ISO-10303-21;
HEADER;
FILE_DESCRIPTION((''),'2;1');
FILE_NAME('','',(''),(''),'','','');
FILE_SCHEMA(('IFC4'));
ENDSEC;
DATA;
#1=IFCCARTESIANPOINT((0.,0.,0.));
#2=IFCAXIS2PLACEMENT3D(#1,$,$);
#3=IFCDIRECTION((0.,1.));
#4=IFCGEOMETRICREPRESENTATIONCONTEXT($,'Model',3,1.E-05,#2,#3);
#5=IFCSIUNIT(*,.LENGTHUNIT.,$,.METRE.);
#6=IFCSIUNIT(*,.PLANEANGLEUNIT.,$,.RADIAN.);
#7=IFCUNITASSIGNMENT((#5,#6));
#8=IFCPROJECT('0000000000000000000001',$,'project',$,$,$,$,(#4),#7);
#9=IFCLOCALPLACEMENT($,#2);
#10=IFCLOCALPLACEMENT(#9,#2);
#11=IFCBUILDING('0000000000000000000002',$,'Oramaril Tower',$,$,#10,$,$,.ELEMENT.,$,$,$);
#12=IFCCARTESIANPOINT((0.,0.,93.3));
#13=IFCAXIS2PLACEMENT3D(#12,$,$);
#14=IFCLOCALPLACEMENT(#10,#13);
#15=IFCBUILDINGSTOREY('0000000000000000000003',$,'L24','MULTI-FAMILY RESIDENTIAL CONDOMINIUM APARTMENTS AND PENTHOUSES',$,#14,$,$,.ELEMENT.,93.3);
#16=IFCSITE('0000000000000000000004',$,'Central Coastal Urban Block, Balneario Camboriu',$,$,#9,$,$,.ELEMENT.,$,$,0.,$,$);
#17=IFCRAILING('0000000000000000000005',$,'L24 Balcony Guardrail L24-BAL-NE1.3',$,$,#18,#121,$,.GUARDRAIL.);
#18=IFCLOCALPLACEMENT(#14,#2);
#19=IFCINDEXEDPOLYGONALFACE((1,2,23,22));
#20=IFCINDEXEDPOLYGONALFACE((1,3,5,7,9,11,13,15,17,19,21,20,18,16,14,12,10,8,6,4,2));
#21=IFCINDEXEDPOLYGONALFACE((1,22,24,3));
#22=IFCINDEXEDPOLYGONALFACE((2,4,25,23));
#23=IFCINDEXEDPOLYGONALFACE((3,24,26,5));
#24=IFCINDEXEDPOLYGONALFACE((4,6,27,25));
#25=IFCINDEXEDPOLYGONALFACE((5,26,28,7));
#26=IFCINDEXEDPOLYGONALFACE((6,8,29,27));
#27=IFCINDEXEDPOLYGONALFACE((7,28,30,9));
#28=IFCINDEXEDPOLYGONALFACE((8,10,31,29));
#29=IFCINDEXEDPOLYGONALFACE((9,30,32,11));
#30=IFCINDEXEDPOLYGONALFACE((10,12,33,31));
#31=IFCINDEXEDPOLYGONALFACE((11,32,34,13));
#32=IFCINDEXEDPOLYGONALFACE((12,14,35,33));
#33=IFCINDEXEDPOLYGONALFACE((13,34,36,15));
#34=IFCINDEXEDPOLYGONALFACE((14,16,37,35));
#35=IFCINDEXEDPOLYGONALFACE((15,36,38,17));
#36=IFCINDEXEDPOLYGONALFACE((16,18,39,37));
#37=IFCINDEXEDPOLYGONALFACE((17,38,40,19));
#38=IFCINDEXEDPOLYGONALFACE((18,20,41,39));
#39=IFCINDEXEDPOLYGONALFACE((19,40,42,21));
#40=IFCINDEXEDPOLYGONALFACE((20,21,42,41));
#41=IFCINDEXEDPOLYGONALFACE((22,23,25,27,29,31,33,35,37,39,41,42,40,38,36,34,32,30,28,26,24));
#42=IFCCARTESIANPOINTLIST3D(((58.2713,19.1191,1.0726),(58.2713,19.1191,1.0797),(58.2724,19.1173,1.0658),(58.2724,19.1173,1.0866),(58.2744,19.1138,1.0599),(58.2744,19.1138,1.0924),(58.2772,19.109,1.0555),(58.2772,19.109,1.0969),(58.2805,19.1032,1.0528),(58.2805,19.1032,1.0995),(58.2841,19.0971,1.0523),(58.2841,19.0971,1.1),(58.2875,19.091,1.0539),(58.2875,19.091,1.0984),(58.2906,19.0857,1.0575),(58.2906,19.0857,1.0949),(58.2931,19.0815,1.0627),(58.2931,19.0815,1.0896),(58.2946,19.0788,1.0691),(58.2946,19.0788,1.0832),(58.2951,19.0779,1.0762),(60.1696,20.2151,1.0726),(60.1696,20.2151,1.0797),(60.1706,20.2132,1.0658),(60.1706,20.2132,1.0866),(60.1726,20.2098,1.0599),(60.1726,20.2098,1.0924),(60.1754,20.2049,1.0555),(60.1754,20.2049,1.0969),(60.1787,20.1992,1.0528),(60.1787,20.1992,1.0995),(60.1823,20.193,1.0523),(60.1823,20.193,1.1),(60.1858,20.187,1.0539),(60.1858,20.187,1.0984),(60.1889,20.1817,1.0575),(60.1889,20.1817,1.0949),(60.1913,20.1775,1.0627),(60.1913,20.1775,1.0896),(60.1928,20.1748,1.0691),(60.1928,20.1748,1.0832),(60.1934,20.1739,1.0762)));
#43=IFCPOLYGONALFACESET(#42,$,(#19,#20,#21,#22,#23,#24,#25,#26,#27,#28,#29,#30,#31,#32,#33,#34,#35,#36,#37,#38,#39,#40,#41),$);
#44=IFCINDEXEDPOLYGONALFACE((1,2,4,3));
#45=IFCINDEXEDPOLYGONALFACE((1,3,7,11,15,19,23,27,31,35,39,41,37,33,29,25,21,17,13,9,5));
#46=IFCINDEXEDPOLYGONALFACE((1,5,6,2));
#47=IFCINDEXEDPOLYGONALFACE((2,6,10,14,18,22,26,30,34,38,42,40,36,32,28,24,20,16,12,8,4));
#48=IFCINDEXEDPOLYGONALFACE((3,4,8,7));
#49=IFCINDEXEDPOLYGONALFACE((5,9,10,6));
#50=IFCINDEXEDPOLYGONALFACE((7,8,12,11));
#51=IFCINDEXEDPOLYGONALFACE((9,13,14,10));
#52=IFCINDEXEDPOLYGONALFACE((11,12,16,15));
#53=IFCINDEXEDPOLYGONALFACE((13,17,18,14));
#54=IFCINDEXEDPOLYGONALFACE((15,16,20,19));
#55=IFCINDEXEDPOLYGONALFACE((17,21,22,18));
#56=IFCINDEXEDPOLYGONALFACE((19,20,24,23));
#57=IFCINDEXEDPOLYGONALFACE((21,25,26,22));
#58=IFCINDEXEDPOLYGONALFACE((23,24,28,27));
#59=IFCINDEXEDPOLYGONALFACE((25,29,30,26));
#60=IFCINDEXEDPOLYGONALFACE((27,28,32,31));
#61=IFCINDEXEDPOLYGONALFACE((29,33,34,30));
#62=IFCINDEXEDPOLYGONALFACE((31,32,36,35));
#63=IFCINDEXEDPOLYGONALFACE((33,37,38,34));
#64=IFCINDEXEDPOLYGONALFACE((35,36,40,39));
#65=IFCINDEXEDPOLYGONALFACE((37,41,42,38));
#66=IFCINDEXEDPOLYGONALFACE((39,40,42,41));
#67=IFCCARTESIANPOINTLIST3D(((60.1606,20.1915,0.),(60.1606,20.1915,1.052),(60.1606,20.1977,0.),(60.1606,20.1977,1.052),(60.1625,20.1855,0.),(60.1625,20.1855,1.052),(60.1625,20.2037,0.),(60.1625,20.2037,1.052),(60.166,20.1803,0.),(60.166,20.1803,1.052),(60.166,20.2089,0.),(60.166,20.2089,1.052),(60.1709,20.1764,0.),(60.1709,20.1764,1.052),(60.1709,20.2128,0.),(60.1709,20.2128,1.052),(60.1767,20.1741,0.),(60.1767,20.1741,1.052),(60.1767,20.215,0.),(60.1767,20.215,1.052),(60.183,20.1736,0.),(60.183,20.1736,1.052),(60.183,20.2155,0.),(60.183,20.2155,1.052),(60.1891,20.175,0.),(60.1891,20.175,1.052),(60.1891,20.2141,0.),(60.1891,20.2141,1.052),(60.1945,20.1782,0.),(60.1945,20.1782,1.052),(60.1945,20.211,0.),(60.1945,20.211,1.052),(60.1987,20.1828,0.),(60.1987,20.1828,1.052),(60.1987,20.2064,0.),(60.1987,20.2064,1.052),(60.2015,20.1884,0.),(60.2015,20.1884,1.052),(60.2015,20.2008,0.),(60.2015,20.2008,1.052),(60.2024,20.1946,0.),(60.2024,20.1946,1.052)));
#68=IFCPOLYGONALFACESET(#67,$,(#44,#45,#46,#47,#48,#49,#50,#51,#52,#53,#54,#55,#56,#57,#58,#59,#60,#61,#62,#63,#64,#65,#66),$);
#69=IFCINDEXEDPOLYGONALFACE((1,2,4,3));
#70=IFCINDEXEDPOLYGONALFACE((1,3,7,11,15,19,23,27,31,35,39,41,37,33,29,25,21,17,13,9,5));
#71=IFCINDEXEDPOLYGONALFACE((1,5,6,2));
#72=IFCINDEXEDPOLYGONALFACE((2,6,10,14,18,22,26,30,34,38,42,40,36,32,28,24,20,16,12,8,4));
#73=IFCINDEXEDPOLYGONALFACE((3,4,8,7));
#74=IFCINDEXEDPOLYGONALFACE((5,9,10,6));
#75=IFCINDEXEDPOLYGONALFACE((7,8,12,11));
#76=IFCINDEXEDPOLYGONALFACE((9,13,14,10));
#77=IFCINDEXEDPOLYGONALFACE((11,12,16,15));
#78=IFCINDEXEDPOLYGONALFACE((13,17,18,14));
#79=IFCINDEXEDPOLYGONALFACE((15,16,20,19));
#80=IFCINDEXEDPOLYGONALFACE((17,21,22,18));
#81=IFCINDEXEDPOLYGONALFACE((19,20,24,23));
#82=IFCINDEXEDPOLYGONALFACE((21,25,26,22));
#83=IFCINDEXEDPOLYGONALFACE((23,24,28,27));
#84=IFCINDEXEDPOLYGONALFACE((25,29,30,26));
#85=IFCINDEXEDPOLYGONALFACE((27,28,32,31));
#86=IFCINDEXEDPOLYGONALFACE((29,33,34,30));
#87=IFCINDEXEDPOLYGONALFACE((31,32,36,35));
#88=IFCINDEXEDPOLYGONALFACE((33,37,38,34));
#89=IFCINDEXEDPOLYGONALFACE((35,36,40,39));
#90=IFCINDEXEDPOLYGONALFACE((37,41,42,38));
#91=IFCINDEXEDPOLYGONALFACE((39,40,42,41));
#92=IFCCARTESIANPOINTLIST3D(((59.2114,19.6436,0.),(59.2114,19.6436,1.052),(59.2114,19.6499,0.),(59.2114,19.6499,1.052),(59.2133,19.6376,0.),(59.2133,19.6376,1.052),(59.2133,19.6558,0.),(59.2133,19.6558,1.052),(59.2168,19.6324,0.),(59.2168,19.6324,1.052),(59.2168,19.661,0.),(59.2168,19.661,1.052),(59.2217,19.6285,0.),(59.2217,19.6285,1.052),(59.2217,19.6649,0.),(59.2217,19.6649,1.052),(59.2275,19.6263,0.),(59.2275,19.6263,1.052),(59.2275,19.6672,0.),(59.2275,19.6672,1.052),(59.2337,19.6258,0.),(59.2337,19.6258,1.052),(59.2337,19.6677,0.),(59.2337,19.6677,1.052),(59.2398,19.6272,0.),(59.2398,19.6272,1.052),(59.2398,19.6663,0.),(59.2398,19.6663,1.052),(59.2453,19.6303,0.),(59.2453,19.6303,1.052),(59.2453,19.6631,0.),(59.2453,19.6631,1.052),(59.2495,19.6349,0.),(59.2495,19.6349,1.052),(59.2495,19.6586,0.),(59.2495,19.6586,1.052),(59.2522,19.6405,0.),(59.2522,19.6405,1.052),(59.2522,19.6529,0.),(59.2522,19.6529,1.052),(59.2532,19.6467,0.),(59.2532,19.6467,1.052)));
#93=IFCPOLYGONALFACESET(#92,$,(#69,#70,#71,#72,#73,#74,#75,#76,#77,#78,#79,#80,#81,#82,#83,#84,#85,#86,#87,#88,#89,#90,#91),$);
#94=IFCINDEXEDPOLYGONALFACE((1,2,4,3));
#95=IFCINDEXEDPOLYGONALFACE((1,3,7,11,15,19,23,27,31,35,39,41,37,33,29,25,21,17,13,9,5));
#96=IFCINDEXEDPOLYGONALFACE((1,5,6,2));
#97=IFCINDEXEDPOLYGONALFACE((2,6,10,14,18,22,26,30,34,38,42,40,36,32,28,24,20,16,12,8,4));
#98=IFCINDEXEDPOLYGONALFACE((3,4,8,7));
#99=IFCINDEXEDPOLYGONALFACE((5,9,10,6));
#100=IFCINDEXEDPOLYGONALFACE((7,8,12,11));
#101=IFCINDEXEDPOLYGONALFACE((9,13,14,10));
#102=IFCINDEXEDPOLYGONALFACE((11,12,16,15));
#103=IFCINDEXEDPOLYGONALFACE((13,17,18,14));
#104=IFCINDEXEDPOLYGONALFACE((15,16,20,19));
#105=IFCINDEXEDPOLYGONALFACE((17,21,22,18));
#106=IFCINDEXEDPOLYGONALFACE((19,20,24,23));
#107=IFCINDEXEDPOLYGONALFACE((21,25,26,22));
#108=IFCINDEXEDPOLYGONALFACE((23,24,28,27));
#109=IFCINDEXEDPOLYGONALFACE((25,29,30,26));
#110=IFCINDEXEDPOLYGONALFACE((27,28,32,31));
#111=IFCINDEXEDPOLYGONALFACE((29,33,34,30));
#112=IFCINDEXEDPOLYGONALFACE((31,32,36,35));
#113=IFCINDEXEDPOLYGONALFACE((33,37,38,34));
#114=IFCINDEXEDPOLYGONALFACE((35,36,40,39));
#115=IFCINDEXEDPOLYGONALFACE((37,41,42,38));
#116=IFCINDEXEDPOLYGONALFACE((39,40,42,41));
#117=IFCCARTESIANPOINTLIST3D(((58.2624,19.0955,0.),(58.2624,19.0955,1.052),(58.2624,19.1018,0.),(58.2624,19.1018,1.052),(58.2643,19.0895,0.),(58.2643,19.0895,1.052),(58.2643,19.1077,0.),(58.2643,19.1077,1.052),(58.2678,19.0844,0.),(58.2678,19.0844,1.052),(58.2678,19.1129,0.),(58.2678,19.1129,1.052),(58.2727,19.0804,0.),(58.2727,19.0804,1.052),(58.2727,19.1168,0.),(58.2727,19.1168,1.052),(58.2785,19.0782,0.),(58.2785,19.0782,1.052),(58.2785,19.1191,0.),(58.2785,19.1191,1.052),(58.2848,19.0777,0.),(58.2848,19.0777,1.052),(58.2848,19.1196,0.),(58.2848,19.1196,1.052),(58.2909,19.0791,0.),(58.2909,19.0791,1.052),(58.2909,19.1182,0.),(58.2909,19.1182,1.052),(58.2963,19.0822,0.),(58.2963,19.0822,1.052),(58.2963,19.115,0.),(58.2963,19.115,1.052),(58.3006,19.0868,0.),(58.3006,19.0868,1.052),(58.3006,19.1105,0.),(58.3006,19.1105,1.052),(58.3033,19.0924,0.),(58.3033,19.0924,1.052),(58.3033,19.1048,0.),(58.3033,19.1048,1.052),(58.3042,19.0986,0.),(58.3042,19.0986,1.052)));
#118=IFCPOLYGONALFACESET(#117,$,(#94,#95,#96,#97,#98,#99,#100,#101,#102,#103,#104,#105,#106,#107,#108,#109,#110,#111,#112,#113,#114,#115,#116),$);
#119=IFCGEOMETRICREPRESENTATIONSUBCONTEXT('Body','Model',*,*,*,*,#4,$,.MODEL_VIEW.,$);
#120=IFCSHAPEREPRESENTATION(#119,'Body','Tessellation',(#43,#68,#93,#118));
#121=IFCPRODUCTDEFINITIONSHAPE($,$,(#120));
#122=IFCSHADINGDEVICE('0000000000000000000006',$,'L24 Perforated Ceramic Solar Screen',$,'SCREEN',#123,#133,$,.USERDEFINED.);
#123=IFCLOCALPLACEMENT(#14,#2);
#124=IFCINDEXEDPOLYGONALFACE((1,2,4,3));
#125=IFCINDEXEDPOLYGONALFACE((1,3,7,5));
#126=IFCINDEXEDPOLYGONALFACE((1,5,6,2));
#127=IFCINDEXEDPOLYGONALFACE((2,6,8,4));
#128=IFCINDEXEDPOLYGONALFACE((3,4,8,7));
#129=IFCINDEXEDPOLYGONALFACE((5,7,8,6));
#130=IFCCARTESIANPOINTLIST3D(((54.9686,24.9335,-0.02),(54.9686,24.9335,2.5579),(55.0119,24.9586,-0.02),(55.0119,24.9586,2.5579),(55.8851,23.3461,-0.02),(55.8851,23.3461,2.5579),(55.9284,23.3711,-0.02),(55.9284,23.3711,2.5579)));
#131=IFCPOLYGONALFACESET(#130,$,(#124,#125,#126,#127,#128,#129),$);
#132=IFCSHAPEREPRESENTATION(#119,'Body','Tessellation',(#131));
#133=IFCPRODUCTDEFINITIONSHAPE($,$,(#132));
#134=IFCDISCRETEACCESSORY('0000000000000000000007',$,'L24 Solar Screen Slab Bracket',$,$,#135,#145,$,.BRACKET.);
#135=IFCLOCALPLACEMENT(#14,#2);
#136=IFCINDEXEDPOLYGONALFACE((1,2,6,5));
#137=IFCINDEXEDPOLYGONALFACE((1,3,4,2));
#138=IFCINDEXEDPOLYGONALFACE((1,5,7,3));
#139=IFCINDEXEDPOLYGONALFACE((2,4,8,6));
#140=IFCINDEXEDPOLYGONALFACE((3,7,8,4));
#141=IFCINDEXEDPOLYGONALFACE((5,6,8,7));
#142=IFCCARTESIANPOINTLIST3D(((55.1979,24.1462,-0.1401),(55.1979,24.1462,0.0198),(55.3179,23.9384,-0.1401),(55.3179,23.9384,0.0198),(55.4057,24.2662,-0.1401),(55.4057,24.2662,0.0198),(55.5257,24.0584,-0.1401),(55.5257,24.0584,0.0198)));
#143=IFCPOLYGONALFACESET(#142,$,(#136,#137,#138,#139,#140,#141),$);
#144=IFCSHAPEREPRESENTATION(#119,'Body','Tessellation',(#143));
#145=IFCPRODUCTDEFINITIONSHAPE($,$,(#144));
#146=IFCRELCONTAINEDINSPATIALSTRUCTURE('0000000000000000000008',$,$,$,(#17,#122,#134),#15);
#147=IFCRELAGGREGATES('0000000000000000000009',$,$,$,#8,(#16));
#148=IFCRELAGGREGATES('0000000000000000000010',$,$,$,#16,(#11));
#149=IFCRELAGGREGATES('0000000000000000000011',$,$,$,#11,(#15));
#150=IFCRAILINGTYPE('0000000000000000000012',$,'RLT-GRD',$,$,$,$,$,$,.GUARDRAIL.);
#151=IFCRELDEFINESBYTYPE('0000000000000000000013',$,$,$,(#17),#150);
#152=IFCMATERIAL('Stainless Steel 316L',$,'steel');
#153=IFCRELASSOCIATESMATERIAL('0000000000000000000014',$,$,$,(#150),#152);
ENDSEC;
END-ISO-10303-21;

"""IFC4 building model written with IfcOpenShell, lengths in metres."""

from ifc_helpers import new_model, si_unit, direction, frame, origin, origin_2d, place, context, subcontext, project, spatial, rectangle, circle, extrude, material, type_object, element, save


model = new_model("IFC4")

# Units and contexts
model_context = context("Model", 3, precision=1e-05, world=origin(), true_north=direction((0.0, 1.0)))
body_context = subcontext(model_context, "Body", "Model", "MODEL_VIEW")
ifc_project = project(units=[si_unit("LENGTHUNIT", "METRE"), si_unit("PLANEANGLEUNIT", "RADIAN")], contexts=[model_context])

# Site, building, storey
site_placement = place(None, origin())
site = spatial("IfcSite", under=ifc_project, at=site_placement, Name="Central Coastal Urban Block, Balneario Camboriu", CompositionType="ELEMENT", RefElevation=0.0)
building_placement = place(site_placement, origin())
building = spatial("IfcBuilding", under=site, at=building_placement, Name="Oramaril Tower", CompositionType="ELEMENT")
storey_placement = place(building_placement, frame((0.0, 0.0, 93.3)))
storey = spatial("IfcBuildingStorey", under=building, at=storey_placement, Name="L24", Description="MULTI-FAMILY RESIDENTIAL CONDOMINIUM APARTMENTS AND PENTHOUSES", CompositionType="ELEMENT", Elevation=93.3)

# Railing
ifc_material_1 = material(Name="Stainless Steel 316L", Category="steel")
railing_type = type_object("IfcRailingType", Name="RLT-GRD", PredefinedType="GUARDRAIL", material=ifc_material_1)
railing_1_placement = place(storey_placement, frame((60.1814, 20.1946, 0.0)))
element("IfcRailing", 1, at=railing_1_placement, inside=storey, type_object=railing_type, Name="L24 Balcony Guardrail L24-BAL-NE1.3", PredefinedType="GUARDRAIL", context=body_context, shape_type="SweptSolid", body=[
    extrude(circle(Radius=0.0239, at=origin_2d()), frame((0.0, 0.0, 1.0762), z_axis=(-0.866021, -0.500008, 0.0), x_axis=(0.500008, -0.866021, 0.0)), (0.0, 0.0, 1.0), 2.1919),
    extrude(circle(Radius=0.021, at=origin_2d()), origin(), (0.0, 0.0, 1.0), 1.052),
    extrude(circle(Radius=0.021, at=origin_2d()), frame((-0.9492, -0.5479, 0.0)), (0.0, 0.0, 1.0), 1.052),
    extrude(circle(Radius=0.021, at=origin_2d()), frame((-1.8982, -1.0959, 0.0)), (0.0, 0.0, 1.0), 1.052),
])

# Shading device
shading_device_placement = place(storey_placement, frame((55.4485, 24.1523, -0.02), z_axis=(0.0, 0.0, 1.0), x_axis=(-0.499998, 0.866026, 0.0)))
element("IfcShadingDevice", 2, at=shading_device_placement, inside=storey, Name="L24 Perforated Ceramic Solar Screen", ObjectType="SCREEN", PredefinedType="USERDEFINED", context=body_context, shape_type="SweptSolid", body=[
    extrude(rectangle(XDim=1.833, YDim=0.05, at=origin_2d()), origin(), (0.0, 0.0, 1.0), 2.5779),
])

# Discrete accessory
discrete_accessory_placement = place(storey_placement, frame((55.3618, 24.1023, -0.1401), z_axis=(0.0, 0.0, 1.0), x_axis=(-0.499998, 0.866026, 0.0)))
element("IfcDiscreteAccessory", 3, at=discrete_accessory_placement, inside=storey, Name="L24 Solar Screen Slab Bracket", PredefinedType="BRACKET", context=body_context, shape_type="SweptSolid", body=[
    extrude(rectangle(XDim=0.24, YDim=0.24, at=origin_2d()), origin(), (0.0, 0.0, 1.0), 0.1599),
])

save(model, "model.ifc")
